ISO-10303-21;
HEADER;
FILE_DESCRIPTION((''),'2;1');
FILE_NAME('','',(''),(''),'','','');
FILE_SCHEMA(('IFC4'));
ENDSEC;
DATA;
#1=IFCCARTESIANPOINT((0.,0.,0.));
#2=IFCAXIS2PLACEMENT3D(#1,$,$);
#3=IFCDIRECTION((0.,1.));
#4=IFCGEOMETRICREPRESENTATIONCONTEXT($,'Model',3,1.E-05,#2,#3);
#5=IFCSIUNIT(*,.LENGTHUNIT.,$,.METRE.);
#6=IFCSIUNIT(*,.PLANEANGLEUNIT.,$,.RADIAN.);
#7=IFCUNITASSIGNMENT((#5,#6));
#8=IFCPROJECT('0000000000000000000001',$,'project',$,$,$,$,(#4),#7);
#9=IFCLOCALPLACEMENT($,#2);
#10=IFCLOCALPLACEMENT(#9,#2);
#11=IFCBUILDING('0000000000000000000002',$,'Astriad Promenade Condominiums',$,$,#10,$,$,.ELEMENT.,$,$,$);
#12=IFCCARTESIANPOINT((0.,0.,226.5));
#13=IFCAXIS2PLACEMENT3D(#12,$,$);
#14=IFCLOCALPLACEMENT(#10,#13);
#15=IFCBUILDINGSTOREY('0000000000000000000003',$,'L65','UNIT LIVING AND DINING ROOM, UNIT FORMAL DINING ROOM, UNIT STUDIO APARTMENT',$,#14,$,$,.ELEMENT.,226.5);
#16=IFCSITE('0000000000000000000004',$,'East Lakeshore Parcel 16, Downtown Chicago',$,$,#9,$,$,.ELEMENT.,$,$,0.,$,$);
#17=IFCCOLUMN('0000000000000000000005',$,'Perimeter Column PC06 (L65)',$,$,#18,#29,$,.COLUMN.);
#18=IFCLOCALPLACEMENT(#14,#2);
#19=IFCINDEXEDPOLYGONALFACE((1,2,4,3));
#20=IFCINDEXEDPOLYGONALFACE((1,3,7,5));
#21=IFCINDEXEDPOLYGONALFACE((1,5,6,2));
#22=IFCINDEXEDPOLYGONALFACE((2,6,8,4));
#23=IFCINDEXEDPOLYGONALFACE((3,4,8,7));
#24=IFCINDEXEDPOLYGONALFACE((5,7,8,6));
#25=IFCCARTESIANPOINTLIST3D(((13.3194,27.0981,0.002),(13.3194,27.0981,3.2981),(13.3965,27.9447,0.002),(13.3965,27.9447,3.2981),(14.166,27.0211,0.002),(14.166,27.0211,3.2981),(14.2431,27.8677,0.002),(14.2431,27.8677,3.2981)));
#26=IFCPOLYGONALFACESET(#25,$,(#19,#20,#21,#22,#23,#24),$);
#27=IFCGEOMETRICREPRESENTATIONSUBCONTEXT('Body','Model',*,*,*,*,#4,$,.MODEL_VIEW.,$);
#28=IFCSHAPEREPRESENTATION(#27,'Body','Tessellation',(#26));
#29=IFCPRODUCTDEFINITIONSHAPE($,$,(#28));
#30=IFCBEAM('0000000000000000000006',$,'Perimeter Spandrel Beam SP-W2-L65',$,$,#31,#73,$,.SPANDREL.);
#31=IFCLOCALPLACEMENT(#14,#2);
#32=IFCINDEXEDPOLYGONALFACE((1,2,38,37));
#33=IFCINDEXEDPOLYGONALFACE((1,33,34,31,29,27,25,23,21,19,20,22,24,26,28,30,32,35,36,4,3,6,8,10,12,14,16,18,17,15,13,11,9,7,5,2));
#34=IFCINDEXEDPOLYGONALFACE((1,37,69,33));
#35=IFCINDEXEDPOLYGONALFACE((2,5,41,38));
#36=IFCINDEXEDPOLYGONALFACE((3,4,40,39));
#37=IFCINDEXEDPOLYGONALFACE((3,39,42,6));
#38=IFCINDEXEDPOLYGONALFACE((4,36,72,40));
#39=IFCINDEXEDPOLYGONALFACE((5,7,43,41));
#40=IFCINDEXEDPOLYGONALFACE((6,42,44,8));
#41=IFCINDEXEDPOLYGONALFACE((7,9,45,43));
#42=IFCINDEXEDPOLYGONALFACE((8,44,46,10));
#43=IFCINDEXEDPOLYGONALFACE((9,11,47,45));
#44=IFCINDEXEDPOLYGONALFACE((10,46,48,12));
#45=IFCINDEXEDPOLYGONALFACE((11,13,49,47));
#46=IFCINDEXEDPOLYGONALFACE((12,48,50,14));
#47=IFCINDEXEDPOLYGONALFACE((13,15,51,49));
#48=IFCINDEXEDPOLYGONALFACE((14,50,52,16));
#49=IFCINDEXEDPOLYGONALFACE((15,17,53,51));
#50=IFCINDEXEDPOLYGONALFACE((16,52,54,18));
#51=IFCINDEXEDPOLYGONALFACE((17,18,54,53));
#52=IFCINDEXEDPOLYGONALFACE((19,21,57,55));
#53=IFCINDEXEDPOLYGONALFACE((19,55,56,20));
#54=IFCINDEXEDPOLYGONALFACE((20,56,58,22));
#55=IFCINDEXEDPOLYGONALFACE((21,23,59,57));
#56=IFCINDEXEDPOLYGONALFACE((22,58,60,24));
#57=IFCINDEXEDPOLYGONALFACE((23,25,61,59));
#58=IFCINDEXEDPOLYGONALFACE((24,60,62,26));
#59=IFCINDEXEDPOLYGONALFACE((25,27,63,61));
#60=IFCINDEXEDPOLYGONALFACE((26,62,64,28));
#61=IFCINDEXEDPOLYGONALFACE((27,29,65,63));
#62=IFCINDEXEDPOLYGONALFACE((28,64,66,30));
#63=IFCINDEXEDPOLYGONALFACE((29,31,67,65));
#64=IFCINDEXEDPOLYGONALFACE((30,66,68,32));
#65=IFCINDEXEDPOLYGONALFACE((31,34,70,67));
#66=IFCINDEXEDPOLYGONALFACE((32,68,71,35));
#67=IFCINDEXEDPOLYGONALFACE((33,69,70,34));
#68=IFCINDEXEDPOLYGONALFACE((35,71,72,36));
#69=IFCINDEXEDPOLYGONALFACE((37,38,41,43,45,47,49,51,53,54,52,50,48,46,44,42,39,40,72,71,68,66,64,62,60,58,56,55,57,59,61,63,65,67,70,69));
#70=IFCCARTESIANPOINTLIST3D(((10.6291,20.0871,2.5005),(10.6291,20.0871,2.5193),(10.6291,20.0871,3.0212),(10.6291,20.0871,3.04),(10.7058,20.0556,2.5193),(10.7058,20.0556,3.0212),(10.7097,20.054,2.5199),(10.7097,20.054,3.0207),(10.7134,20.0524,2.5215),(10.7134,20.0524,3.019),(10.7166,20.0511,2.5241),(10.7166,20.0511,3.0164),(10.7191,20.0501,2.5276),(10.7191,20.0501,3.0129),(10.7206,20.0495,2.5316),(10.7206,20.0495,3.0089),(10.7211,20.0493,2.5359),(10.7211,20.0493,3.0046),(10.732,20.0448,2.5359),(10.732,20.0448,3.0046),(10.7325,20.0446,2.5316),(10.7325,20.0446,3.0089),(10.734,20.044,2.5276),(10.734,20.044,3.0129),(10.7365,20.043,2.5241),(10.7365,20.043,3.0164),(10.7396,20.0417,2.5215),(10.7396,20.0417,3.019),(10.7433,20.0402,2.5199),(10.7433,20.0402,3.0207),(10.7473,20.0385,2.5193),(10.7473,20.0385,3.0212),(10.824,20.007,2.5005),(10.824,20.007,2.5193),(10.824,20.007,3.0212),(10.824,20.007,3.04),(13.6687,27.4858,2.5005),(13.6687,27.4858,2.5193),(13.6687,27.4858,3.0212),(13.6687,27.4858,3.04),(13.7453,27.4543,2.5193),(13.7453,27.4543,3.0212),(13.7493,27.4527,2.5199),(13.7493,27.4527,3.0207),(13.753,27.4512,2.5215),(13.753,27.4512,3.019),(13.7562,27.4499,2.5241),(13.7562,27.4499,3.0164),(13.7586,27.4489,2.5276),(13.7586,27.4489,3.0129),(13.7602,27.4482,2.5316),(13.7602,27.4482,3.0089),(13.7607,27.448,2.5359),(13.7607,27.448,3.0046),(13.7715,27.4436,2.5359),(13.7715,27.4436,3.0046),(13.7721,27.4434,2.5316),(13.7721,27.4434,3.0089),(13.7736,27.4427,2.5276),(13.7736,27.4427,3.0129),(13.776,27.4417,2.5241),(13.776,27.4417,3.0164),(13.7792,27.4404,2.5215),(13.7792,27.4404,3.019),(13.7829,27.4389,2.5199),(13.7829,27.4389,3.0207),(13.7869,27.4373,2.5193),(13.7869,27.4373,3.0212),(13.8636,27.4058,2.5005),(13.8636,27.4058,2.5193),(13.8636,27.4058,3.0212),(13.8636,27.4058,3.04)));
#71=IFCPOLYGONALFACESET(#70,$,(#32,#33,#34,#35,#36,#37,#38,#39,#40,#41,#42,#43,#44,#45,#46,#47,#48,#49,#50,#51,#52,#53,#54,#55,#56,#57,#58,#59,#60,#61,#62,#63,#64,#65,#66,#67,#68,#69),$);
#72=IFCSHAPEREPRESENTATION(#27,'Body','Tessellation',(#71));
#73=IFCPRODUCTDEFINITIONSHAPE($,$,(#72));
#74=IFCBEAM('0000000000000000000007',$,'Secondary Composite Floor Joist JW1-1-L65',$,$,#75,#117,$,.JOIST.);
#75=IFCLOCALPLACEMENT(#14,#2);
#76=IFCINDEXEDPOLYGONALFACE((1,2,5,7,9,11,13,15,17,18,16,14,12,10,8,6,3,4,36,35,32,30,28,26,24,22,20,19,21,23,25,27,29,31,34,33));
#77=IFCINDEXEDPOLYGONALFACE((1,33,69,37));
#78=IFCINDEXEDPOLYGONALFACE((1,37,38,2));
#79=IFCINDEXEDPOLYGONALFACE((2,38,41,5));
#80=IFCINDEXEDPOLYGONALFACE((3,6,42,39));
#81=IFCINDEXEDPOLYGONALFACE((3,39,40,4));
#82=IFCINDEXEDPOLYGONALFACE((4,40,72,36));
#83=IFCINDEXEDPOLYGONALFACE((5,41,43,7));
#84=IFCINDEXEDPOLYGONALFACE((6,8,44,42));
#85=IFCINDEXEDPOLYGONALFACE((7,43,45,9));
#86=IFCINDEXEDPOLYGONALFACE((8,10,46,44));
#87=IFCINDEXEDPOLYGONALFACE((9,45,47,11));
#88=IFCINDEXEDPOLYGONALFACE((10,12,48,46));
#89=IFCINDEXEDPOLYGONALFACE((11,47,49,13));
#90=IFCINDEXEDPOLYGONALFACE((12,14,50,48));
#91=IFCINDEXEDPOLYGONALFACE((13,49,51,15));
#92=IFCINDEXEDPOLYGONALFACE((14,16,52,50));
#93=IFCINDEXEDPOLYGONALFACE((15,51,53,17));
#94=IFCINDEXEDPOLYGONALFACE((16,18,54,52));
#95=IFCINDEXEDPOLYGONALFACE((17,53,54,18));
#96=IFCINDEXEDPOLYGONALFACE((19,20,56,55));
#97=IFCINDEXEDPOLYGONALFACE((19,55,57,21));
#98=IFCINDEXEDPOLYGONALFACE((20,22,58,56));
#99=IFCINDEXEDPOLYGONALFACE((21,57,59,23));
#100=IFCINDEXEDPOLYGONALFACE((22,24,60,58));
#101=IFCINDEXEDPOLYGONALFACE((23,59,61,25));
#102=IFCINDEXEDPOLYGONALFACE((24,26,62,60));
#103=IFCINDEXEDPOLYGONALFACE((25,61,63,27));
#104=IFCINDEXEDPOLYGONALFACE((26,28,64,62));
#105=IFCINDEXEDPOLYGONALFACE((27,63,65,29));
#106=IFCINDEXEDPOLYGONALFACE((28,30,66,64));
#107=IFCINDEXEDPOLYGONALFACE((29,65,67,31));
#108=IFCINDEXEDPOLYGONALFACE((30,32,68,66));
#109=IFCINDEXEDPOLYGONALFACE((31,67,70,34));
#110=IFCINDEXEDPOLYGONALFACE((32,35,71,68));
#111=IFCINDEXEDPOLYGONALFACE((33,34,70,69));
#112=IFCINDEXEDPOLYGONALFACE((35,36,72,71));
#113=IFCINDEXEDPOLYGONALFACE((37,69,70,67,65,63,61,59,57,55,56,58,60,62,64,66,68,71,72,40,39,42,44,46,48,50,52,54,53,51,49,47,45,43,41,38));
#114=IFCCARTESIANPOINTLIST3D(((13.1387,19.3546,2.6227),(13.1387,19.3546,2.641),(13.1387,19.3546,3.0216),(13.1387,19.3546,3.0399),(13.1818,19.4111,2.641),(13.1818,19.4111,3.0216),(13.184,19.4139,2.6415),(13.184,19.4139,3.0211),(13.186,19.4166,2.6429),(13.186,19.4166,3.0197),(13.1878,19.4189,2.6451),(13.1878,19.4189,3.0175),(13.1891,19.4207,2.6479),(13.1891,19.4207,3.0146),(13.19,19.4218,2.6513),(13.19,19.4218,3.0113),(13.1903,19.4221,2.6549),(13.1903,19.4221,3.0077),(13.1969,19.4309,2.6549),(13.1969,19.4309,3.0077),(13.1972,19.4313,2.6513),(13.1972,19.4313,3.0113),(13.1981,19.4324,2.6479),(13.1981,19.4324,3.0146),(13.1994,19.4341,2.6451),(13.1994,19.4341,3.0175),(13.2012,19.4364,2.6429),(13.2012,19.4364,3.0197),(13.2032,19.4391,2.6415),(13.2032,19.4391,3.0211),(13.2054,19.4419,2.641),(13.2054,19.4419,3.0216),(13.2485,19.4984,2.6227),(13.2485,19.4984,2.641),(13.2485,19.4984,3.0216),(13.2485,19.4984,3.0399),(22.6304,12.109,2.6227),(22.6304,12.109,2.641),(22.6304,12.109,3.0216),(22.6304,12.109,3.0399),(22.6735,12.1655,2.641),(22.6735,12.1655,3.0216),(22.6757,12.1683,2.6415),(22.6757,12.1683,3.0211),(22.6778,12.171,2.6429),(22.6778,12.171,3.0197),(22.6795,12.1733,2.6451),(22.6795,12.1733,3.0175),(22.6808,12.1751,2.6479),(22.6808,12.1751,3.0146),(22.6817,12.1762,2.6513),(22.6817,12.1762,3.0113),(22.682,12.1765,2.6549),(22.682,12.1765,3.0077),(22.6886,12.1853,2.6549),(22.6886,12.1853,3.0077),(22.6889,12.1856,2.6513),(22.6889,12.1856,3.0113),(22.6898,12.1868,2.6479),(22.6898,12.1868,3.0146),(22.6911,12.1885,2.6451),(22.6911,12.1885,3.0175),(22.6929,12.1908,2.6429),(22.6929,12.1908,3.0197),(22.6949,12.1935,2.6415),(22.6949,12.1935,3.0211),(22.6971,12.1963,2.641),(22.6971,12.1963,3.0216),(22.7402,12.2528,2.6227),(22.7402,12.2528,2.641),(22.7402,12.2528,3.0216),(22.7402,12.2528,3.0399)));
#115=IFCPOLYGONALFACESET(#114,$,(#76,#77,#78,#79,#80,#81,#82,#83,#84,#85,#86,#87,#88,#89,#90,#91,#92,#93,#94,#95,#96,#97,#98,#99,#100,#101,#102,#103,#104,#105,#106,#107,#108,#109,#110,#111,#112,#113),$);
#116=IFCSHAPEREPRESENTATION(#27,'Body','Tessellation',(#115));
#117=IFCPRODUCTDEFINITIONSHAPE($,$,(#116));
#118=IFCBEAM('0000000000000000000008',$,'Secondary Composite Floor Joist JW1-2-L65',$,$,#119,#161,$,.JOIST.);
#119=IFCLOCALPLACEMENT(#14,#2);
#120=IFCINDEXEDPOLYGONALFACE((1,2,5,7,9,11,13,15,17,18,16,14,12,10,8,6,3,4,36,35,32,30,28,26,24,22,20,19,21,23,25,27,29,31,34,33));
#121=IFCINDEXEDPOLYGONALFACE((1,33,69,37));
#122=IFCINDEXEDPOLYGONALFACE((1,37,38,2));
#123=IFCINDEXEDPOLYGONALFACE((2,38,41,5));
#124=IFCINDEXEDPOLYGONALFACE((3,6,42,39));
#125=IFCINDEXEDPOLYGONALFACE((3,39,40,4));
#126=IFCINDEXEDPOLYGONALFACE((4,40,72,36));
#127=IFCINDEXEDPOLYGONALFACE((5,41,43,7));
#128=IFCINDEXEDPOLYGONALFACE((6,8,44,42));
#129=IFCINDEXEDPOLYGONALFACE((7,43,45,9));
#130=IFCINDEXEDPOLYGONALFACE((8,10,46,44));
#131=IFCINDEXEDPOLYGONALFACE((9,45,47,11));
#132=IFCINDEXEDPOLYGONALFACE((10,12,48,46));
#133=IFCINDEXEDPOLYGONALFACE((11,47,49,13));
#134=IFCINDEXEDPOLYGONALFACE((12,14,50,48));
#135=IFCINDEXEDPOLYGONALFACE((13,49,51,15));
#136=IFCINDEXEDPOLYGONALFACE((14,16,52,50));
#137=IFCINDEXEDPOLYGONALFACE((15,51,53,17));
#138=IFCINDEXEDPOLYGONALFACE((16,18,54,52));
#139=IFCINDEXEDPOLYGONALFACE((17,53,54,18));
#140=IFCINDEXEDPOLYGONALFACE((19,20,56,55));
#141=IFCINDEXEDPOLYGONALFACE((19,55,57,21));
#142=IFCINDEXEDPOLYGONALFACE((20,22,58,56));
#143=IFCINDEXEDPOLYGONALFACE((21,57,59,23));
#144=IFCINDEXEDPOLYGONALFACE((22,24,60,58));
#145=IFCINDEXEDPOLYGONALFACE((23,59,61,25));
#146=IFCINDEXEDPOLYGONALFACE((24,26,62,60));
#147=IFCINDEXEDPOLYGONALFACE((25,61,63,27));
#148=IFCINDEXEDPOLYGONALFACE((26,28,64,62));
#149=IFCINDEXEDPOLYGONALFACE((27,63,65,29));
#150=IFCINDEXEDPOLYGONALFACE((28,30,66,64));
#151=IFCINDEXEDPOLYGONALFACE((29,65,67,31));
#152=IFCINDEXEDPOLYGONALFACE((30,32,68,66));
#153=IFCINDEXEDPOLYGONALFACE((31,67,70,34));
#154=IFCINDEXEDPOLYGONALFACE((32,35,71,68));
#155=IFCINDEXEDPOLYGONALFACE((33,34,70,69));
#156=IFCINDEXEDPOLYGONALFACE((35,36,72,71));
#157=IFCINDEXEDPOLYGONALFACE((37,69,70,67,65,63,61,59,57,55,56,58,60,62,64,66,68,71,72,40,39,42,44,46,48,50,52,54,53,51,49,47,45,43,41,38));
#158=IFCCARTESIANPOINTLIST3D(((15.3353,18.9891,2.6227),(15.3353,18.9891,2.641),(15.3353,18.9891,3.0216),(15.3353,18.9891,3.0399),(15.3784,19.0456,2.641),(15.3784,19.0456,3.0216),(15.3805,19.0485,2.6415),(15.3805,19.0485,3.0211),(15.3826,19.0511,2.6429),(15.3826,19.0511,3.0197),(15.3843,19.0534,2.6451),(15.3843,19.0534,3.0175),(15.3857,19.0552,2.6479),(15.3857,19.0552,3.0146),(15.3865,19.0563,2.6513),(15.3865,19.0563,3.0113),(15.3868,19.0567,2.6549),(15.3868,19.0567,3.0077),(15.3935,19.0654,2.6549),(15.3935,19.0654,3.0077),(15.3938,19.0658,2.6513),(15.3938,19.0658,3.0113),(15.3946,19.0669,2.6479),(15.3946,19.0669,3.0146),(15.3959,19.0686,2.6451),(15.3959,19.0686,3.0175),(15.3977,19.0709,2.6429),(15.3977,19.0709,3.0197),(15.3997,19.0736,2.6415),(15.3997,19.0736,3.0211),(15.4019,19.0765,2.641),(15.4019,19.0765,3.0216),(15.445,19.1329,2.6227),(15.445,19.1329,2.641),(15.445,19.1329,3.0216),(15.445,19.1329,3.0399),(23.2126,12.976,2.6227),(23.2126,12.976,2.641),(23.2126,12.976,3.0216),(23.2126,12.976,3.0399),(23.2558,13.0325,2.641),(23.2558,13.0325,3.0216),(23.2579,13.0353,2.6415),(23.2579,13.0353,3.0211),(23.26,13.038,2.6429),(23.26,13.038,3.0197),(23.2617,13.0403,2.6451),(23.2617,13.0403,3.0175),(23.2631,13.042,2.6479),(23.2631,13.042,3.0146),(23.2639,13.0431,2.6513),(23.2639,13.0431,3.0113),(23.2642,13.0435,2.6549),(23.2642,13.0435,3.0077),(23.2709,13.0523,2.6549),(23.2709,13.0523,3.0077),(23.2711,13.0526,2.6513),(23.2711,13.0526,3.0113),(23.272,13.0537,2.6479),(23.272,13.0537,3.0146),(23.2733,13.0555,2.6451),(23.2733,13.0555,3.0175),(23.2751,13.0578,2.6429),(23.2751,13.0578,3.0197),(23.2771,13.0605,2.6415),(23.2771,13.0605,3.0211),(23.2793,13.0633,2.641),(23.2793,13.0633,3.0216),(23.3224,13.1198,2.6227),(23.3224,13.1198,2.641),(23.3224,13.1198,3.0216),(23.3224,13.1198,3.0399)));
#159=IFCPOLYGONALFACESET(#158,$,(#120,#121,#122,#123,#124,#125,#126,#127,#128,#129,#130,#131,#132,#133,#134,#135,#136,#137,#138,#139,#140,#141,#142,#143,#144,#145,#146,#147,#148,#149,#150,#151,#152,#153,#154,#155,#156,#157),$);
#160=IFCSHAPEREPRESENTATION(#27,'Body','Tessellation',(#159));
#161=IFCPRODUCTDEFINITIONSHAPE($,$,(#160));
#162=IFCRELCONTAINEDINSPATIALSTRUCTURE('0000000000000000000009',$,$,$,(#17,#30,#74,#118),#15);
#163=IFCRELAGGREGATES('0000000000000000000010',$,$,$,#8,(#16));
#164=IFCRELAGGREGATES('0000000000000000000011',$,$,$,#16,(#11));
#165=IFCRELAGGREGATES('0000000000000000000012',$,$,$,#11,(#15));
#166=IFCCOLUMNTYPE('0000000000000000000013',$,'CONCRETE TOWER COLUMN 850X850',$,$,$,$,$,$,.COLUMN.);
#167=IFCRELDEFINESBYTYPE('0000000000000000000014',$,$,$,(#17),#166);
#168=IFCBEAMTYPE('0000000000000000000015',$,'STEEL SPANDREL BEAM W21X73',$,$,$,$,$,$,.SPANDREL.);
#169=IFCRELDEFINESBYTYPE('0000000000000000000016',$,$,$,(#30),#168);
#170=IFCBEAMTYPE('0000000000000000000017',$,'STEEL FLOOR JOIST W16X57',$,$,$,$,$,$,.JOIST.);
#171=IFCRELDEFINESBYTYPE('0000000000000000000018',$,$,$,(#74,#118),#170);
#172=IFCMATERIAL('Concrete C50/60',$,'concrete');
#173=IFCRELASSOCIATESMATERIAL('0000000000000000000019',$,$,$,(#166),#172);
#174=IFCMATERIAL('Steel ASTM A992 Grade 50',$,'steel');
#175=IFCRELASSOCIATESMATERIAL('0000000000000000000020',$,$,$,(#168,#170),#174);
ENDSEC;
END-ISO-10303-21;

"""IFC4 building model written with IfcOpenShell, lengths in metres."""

from ifc_helpers import new_model, si_unit, direction, frame, origin, origin_2d, place, context, subcontext, project, spatial, rectangle, i_section, extrude, source, transform, mapped, material, material_profile, profile_set, type_object, type_shapes, element, save


model = new_model("IFC4")

# Units and contexts
model_context = context("Model", 3, precision=1e-05, world=origin(), true_north=direction((0.0, 1.0)))
body_context = subcontext(model_context, "Body", "Model", "MODEL_VIEW")
ifc_project = project(units=[si_unit("LENGTHUNIT", "METRE"), si_unit("PLANEANGLEUNIT", "RADIAN")], contexts=[model_context])

# Site, building, storey
site_placement = place(None, origin())
site = spatial("IfcSite", under=ifc_project, at=site_placement, Name="East Lakeshore Parcel 16, Downtown Chicago", CompositionType="ELEMENT", RefElevation=0.0)
building_placement = place(site_placement, origin())
building = spatial("IfcBuilding", under=site, at=building_placement, Name="Astriad Promenade Condominiums", CompositionType="ELEMENT")
storey_placement = place(building_placement, frame((0.0, 0.0, 226.5)))
storey = spatial("IfcBuildingStorey", under=building, at=storey_placement, Name="L65", Description="UNIT LIVING AND DINING ROOM, UNIT FORMAL DINING ROOM, UNIT STUDIO APARTMENT", CompositionType="ELEMENT", Elevation=226.5)

# Column
ifc_material_1 = material(Name="Concrete C50/60", Category="concrete")
ifc_material_profile_1 = material_profile(ifc_material_1, rectangle(XDim=0.8501, YDim=0.8501, at=origin_2d()), Name="RC-COL-850X850")
ifc_profile_set_1 = profile_set([ifc_material_profile_1], Name="Concrete C50/60")
column_type = type_object("IfcColumnType", Name="CONCRETE TOWER COLUMN 850X850", PredefinedType="COLUMN", material=ifc_profile_set_1)
shared_shape_1 = source(origin(), body_context, "Body", "SweptSolid", [
    extrude(rectangle(XDim=0.8501, YDim=0.8501, at=origin_2d()), origin(), (0.0, 0.0, 1.0), 3.2961),
])
type_shapes(column_type, [shared_shape_1])
column_placement = place(storey_placement, frame((13.7812, 27.4829, 0.002), z_axis=(0.0, 0.0, 1.0), x_axis=(0.995884, -0.090633, 0.0)))
element("IfcColumn", 1, at=column_placement, inside=storey, type_object=column_type, Name="Perimeter Column PC06 (L65)", PredefinedType="COLUMN", context=body_context, shape_type="MappedRepresentation", body=[
    mapped(shared_shape_1, transform((0.0, 0.0, 0.0), scale=1.0)),
])

# Beams
ifc_material_2 = material(Name="Steel ASTM A992 Grade 50", Category="steel")
ifc_material_profile_2 = material_profile(ifc_material_2, i_section(OverallWidth=0.2107, OverallDepth=0.5396, WebThickness=0.0117, FlangeThickness=0.0188, FilletRadius=0.0166, at=origin_2d()), Name="W21X73")
ifc_profile_set_2 = profile_set([ifc_material_profile_2], Name="Steel ASTM A992 Grade 50")
beam_type_1 = type_object("IfcBeamType", Name="STEEL SPANDREL BEAM W21X73", PredefinedType="SPANDREL", material=ifc_profile_set_2)
shared_shape_2 = source(origin(), body_context, "Body", "SweptSolid", [
    extrude(i_section(OverallWidth=0.2107, OverallDepth=0.5396, WebThickness=0.0117, FlangeThickness=0.0188, FilletRadius=0.0166, at=origin_2d()), origin(), (0.0, 0.0, 1.0), 7.9988),
])
type_shapes(beam_type_1, [shared_shape_2])
beam_1_placement = place(storey_placement, frame((13.7661, 27.4458, 2.7703), z_axis=(-0.380005, -0.924984, 0.0), x_axis=(0.924984, -0.380005, 0.0)))
element("IfcBeam", 2, at=beam_1_placement, inside=storey, type_object=beam_type_1, Name="Perimeter Spandrel Beam SP-W2-L65", PredefinedType="SPANDREL", context=body_context, shape_type="MappedRepresentation", body=[
    mapped(shared_shape_2, transform((0.0, 0.0, 0.0), scale=1.0)),
])
ifc_material_profile_3 = material_profile(ifc_material_2, i_section(OverallWidth=0.1809, OverallDepth=0.4172, WebThickness=0.011, FlangeThickness=0.0183, FilletRadius=0.0139, at=origin_2d()), Name="W16X57")
ifc_profile_set_3 = profile_set([ifc_material_profile_3], Name="Steel ASTM A992 Grade 50")
beam_type_2 = type_object("IfcBeamType", Name="STEEL FLOOR JOIST W16X57", PredefinedType="JOIST", material=ifc_profile_set_3)
shared_shape_3 = source(origin(), body_context, "Body", "SweptSolid", [
    extrude(i_section(OverallWidth=0.1809, OverallDepth=0.4172, WebThickness=0.011, FlangeThickness=0.0183, FilletRadius=0.0139, at=origin_2d()), origin(), (0.0, 0.0, 1.0), 11.9412),
])
beam_2_placement = place(storey_placement, frame((13.1936, 19.4265, 2.8313), z_axis=(0.794873, -0.606776, 0.0), x_axis=(0.606776, 0.794873, 0.0)))
element("IfcBeam", 3, at=beam_2_placement, inside=storey, type_object=beam_type_2, Name="Secondary Composite Floor Joist JW1-1-L65", PredefinedType="JOIST", context=body_context, shape_type="MappedRepresentation", body=[
    mapped(shared_shape_3, transform((0.0, 0.0, 0.0), scale=1.0)),
])
shared_shape_4 = source(origin(), body_context, "Body", "SweptSolid", [
    extrude(i_section(OverallWidth=0.1809, OverallDepth=0.4172, WebThickness=0.011, FlangeThickness=0.0183, FilletRadius=0.0139, at=origin_2d()), origin(), (0.0, 0.0, 1.0), 9.9102),
])
beam_3_placement = place(storey_placement, frame((15.3901, 19.061, 2.8313), z_axis=(0.794881, -0.606766, 0.0), x_axis=(0.606766, 0.794881, 0.0)))
element("IfcBeam", 4, at=beam_3_placement, inside=storey, type_object=beam_type_2, Name="Secondary Composite Floor Joist JW1-2-L65", PredefinedType="JOIST", context=body_context, shape_type="MappedRepresentation", body=[
    mapped(shared_shape_4, transform((0.0, 0.0, 0.0), scale=1.0)),
])

save(model, "model.ifc")
